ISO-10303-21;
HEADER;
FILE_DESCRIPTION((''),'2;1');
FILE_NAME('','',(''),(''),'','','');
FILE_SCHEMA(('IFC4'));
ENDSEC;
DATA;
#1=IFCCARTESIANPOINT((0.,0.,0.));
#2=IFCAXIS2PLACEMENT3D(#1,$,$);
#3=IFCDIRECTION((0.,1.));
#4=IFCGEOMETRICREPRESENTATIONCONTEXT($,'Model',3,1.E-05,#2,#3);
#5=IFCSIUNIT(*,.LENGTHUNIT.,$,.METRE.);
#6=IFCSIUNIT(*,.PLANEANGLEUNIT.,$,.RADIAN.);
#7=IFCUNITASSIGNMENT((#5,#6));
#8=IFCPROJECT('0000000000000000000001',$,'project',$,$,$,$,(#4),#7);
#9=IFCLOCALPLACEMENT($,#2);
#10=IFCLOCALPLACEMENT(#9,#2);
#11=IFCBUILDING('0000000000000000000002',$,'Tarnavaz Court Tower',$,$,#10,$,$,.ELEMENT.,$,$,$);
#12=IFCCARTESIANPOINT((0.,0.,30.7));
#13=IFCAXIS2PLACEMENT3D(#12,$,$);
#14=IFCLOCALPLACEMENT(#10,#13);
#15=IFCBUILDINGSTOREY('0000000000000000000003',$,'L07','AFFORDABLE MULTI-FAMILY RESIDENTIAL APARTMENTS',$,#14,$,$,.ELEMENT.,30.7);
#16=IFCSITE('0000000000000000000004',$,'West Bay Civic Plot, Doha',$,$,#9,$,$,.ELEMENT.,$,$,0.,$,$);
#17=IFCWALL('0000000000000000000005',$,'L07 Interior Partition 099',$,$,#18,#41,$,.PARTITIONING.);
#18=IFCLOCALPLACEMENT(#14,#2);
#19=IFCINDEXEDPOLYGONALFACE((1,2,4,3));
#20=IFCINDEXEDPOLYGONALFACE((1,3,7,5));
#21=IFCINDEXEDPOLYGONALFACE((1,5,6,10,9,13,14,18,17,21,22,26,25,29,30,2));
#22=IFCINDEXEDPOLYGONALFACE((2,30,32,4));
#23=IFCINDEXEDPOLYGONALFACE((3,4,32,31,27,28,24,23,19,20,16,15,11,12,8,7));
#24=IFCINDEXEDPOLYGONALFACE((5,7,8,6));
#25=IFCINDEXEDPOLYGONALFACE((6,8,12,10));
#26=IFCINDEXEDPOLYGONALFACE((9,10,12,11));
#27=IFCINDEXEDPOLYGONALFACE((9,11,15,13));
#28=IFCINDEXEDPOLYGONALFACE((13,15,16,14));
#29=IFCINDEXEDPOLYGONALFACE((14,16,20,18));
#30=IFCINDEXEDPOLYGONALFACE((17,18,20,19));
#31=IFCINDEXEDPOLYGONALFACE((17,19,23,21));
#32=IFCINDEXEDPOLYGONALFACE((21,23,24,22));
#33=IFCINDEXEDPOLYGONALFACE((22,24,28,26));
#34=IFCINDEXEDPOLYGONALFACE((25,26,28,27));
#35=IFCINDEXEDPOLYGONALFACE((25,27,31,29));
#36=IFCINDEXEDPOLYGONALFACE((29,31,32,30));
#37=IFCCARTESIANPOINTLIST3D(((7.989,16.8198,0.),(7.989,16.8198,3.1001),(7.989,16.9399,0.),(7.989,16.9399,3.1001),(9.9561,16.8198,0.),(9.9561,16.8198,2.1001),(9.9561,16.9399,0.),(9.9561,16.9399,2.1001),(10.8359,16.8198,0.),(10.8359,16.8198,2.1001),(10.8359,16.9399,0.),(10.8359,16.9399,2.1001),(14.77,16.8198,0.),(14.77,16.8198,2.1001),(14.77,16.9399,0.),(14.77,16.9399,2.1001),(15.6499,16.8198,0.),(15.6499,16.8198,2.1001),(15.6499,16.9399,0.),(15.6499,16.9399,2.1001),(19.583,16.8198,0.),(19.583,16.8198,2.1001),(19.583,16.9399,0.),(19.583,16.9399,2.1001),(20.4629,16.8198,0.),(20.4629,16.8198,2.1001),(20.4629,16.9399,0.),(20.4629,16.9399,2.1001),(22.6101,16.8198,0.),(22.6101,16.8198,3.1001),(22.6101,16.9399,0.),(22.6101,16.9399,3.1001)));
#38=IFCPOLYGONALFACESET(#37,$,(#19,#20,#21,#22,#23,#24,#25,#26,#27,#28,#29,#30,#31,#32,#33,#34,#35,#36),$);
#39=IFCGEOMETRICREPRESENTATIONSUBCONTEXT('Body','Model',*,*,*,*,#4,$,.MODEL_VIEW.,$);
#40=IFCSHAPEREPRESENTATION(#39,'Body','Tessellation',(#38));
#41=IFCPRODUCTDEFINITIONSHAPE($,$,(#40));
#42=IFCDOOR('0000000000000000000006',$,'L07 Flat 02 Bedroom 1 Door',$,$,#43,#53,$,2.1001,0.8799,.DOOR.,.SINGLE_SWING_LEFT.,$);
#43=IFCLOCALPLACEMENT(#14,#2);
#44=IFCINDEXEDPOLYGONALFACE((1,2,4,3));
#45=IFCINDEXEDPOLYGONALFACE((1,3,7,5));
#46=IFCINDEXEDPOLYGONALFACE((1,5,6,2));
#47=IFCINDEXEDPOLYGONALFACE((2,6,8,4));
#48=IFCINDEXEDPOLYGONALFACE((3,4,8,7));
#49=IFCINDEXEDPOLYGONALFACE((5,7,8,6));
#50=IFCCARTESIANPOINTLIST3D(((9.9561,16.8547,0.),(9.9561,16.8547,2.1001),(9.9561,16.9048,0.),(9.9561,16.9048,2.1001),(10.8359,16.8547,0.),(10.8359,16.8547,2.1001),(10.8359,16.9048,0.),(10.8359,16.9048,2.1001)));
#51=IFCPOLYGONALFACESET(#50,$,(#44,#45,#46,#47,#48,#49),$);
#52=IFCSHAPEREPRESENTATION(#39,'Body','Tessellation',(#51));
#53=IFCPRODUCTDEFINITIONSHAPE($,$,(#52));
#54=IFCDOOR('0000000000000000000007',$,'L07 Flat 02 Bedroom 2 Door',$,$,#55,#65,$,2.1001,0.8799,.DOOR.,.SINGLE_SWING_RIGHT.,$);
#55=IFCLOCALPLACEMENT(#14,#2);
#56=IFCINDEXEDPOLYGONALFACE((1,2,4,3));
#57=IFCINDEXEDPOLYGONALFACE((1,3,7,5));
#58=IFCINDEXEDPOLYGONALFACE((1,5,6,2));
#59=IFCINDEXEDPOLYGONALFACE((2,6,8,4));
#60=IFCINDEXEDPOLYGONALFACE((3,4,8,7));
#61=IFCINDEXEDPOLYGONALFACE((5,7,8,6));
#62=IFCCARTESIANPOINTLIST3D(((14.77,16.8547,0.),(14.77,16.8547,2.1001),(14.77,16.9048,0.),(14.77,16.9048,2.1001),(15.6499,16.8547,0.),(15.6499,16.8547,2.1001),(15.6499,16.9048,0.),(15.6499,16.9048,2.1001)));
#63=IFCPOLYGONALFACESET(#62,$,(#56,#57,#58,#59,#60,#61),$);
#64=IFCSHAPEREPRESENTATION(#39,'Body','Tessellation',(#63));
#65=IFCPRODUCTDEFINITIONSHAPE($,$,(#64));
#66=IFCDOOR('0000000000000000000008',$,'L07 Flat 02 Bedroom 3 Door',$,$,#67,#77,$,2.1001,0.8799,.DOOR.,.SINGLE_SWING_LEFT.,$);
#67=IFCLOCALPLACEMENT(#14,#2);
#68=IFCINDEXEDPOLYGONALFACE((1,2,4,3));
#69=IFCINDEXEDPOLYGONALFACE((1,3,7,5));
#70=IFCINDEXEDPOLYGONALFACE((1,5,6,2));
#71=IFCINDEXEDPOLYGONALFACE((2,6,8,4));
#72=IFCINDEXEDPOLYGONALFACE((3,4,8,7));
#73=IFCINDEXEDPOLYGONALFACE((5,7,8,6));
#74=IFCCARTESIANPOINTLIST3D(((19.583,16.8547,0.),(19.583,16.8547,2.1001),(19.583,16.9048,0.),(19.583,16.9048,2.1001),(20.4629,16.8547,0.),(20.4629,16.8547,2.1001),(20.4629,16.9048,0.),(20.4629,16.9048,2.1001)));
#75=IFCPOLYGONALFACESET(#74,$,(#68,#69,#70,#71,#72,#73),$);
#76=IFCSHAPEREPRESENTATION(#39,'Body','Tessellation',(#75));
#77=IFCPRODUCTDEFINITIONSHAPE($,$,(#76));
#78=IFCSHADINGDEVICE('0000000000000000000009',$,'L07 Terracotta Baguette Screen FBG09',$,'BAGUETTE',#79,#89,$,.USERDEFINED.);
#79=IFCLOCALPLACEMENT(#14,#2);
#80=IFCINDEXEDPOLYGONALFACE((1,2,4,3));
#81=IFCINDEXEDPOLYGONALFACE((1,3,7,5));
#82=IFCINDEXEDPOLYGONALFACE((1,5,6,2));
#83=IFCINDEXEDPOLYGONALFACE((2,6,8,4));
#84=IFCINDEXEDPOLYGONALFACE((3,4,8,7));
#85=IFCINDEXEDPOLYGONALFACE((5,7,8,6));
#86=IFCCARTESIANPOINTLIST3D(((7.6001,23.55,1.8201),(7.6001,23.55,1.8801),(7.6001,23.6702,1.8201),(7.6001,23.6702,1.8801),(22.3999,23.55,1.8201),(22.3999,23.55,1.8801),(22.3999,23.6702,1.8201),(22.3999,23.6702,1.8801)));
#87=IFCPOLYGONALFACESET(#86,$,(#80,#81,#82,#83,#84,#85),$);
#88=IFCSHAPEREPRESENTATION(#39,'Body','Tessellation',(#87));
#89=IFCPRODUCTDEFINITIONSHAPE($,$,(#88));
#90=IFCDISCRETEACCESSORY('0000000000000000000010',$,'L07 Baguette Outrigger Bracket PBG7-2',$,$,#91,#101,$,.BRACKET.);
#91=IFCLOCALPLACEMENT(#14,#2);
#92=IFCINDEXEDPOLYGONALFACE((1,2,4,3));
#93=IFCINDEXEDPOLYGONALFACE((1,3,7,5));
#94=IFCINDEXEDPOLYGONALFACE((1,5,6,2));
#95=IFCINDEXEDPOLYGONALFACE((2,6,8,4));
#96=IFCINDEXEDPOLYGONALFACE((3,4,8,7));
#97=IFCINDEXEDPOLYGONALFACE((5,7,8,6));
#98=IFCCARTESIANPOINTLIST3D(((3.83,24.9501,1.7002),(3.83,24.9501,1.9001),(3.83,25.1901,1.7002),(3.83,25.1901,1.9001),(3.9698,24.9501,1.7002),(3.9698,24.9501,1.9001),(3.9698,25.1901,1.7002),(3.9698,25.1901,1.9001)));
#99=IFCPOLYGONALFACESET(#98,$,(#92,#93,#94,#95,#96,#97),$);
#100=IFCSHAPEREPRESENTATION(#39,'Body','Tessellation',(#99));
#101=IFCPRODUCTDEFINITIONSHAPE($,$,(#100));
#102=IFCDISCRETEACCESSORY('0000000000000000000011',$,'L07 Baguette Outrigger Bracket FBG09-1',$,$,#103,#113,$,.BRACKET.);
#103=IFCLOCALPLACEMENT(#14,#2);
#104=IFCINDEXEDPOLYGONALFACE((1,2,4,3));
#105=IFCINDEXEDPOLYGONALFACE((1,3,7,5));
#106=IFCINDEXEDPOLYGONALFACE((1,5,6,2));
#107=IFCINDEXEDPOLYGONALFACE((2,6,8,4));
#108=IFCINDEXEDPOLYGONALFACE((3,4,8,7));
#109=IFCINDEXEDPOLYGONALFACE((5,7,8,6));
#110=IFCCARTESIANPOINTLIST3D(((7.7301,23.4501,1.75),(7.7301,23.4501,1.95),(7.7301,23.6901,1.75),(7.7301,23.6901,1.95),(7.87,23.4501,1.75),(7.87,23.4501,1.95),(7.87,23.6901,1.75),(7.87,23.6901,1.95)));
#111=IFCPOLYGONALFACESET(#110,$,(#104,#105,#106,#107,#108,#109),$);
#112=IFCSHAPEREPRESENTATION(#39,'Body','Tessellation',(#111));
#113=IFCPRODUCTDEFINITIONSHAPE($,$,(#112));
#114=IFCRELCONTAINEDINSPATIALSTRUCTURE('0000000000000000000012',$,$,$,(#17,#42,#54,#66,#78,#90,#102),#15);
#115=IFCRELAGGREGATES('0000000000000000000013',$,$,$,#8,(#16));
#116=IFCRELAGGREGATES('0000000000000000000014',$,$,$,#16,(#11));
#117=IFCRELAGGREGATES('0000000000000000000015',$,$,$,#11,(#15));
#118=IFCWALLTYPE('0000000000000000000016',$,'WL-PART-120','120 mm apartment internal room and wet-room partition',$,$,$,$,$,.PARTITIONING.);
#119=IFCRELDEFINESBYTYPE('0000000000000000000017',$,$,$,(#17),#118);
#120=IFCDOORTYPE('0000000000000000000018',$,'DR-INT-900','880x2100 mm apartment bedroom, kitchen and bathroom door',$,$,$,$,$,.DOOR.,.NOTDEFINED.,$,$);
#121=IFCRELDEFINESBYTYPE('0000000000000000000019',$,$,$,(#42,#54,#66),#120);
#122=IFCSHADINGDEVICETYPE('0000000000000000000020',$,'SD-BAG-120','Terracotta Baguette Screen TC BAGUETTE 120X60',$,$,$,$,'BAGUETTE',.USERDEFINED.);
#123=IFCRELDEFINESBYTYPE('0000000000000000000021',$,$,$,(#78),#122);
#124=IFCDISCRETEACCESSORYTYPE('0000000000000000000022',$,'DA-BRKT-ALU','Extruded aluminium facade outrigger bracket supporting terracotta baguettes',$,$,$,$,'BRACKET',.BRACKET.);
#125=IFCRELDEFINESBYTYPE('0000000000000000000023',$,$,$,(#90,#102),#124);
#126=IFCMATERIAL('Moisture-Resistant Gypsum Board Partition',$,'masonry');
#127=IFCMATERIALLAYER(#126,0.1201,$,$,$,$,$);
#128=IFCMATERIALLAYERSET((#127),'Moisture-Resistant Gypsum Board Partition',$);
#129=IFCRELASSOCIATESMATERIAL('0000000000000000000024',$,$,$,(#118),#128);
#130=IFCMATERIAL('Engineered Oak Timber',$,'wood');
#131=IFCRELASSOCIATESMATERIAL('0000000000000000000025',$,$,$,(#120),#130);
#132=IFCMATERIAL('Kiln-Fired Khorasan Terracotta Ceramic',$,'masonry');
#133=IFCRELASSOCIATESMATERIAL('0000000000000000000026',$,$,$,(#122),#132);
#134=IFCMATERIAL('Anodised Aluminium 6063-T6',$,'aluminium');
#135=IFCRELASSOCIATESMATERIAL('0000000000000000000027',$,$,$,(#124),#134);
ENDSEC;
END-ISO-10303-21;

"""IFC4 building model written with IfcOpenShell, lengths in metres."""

from ifc_helpers import new_model, si_unit, direction, frame, frame_2d, origin, origin_2d, place, context, subcontext, project, spatial, rectangle, extrude, material, layer, layer_set, material_profile, profile_set, type_object, element, fill, save


model = new_model("IFC4")

# Units and contexts
model_context = context("Model", 3, precision=1e-05, world=origin(), true_north=direction((0.0, 1.0)))
body_context = subcontext(model_context, "Body", "Model", "MODEL_VIEW")
ifc_project = project(units=[si_unit("LENGTHUNIT", "METRE"), si_unit("PLANEANGLEUNIT", "RADIAN")], contexts=[model_context])

# Site, building, storey
site_placement = place(None, origin())
site = spatial("IfcSite", under=ifc_project, at=site_placement, Name="West Bay Civic Plot, Doha", CompositionType="ELEMENT", RefElevation=0.0)
building_placement = place(site_placement, origin())
building = spatial("IfcBuilding", under=site, at=building_placement, Name="Tarnavaz Court Tower", CompositionType="ELEMENT")
storey_placement = place(building_placement, frame((0.0, 0.0, 30.7)))
storey = spatial("IfcBuildingStorey", under=building, at=storey_placement, Name="L07", Description="AFFORDABLE MULTI-FAMILY RESIDENTIAL APARTMENTS", CompositionType="ELEMENT", Elevation=30.7)

# Shared definitions
ifc_material_1 = material(Name="Anodised Aluminium 6063-T6", Category="aluminium")

# Shared definitions
ifc_material_2 = material(Name="Moisture-Resistant Gypsum Board Partition", Category="masonry")
ifc_layer_1 = layer(ifc_material_2, 0.1201)
ifc_layer_set_1 = layer_set([ifc_layer_1], Name="Moisture-Resistant Gypsum Board Partition")
wall_type_1 = type_object("IfcWallType", Name="WL-PART-120", Description="120 mm apartment internal room and wet-room partition", PredefinedType="PARTITIONING", material=ifc_layer_set_1)
ifc_material_3 = material(Name="Engineered Oak Timber", Category="wood")
door_type = type_object("IfcDoorType", Name="DR-INT-900", Description="880x2100 mm apartment bedroom, kitchen and bathroom door", OperationType="NOTDEFINED", PredefinedType="DOOR", material=ifc_material_3)

# Wall, openings, doors
wall_1_placement = place(storey_placement, frame((7.989, 16.8799, 0.0), z_axis=(0.0, 0.0, 1.0), x_axis=(1.0, 0.0, 0.0)))
wall_1 = element("IfcWall", 1, at=wall_1_placement, inside=storey, type_object=wall_type_1, Name="L07 Interior Partition 099", PredefinedType="PARTITIONING", context=body_context, shape_type="SweptSolid", body=[
    extrude(rectangle(XDim=14.6211, YDim=0.1201, at=frame_2d((7.3105, 0.0))), origin(), (0.0, 0.0, 1.0), 3.1001),
])
opening_1_placement = place(wall_1_placement, frame((1.967, 0.0, 0.0)))
opening_1 = element("IfcOpeningElement", 2, at=opening_1_placement, cuts=wall_1, PredefinedType="OPENING", context=body_context, shape_type="SweptSolid", body=[
    extrude(rectangle(XDim=0.8799, YDim=2.1001, at=frame_2d((0.4399, 1.05))), frame((0.0, 0.0701, 0.0), z_axis=(0.0, -1.0, 0.0), x_axis=(1.0, 0.0, 0.0)), (0.0, 0.0, 1.0), 0.1401),
])
opening_2_placement = place(wall_1_placement, frame((6.781, 0.0, 0.0)))
opening_2 = element("IfcOpeningElement", 3, at=opening_2_placement, cuts=wall_1, PredefinedType="OPENING", context=body_context, shape_type="SweptSolid", body=[
    extrude(rectangle(XDim=0.8799, YDim=2.1001, at=frame_2d((0.4399, 1.05))), frame((0.0, 0.0701, 0.0), z_axis=(0.0, -1.0, 0.0), x_axis=(1.0, 0.0, 0.0)), (0.0, 0.0, 1.0), 0.1401),
])
opening_3_placement = place(wall_1_placement, frame((11.594, 0.0, 0.0)))
opening_3 = element("IfcOpeningElement", 4, at=opening_3_placement, cuts=wall_1, PredefinedType="OPENING", context=body_context, shape_type="SweptSolid", body=[
    extrude(rectangle(XDim=0.8799, YDim=2.1001, at=frame_2d((0.4399, 1.05))), frame((0.0, 0.0701, 0.0), z_axis=(0.0, -1.0, 0.0), x_axis=(1.0, 0.0, 0.0)), (0.0, 0.0, 1.0), 0.1401),
])
door_1_placement = place(opening_1_placement, origin())
door_1 = element("IfcDoor", 5, at=door_1_placement, inside=storey, type_object=door_type, Name="L07 Flat 02 Bedroom 1 Door", OperationType="SINGLE_SWING_LEFT", OverallHeight=2.1001, OverallWidth=0.8799, PredefinedType="DOOR", context=body_context, shape_type="SweptSolid", body=[
    extrude(rectangle(XDim=0.8799, YDim=2.1001, at=frame_2d((0.4399, 1.05))), frame((0.0, 0.0249, 0.0), z_axis=(0.0, -1.0, 0.0), x_axis=(1.0, 0.0, 0.0)), (0.0, 0.0, 1.0), 0.05),
])
fill(opening_1, door_1)
door_2_placement = place(opening_2_placement, origin())
door_2 = element("IfcDoor", 6, at=door_2_placement, inside=storey, type_object=door_type, Name="L07 Flat 02 Bedroom 2 Door", OperationType="SINGLE_SWING_RIGHT", OverallHeight=2.1001, OverallWidth=0.8799, PredefinedType="DOOR", context=body_context, shape_type="SweptSolid", body=[
    extrude(rectangle(XDim=0.8799, YDim=2.1001, at=frame_2d((0.4399, 1.05))), frame((0.0, 0.0249, 0.0), z_axis=(0.0, -1.0, 0.0), x_axis=(1.0, 0.0, 0.0)), (0.0, 0.0, 1.0), 0.05),
])
fill(opening_2, door_2)
door_3_placement = place(opening_3_placement, origin())
door_3 = element("IfcDoor", 7, at=door_3_placement, inside=storey, type_object=door_type, Name="L07 Flat 02 Bedroom 3 Door", OperationType="SINGLE_SWING_LEFT", OverallHeight=2.1001, OverallWidth=0.8799, PredefinedType="DOOR", context=body_context, shape_type="SweptSolid", body=[
    extrude(rectangle(XDim=0.8799, YDim=2.1001, at=frame_2d((0.4399, 1.05))), frame((0.0, 0.0249, 0.0), z_axis=(0.0, -1.0, 0.0), x_axis=(1.0, 0.0, 0.0)), (0.0, 0.0, 1.0), 0.05),
])
fill(opening_3, door_3)

# Shading device
ifc_material_4 = material(Name="Kiln-Fired Khorasan Terracotta Ceramic", Category="masonry")
ifc_material_profile_1 = material_profile(ifc_material_4, rectangle(XDim=0.1201, YDim=0.0601, at=origin_2d()), Name="TC BAGUETTE 120X60")
ifc_profile_set_1 = profile_set([ifc_material_profile_1], Name="Kiln-Fired Khorasan Terracotta Ceramic")
shading_device_type = type_object("IfcShadingDeviceType", Name="SD-BAG-120", Description="Terracotta Baguette Screen TC BAGUETTE 120X60", ElementType="BAGUETTE", PredefinedType="USERDEFINED", material=ifc_profile_set_1)
shading_device_placement = place(storey_placement, frame((7.6001, 23.6101, 1.8501), z_axis=(1.0, 0.0, 0.0), x_axis=(0.0, 1.0, 0.0)))
element("IfcShadingDevice", 8, at=shading_device_placement, inside=storey, type_object=shading_device_type, Name="L07 Terracotta Baguette Screen FBG09", ObjectType="BAGUETTE", PredefinedType="USERDEFINED", context=body_context, shape_type="SweptSolid", body=[
    extrude(rectangle(XDim=0.1201, YDim=0.0601, at=origin_2d()), origin(), (0.0, 0.0, 1.0), 14.7998),
])

# Discrete accessories
discrete_accessory_type = type_object("IfcDiscreteAccessoryType", Name="DA-BRKT-ALU", Description="Extruded aluminium facade outrigger bracket supporting terracotta baguettes", ElementType="BRACKET", PredefinedType="BRACKET", material=ifc_material_1)
for number, where, z_axis, x_axis, name in (
    (9, (3.8999, 25.0701, 1.7002), (0.0, 0.0, 1.0), (1.0, 0.0, 0.0), "L07 Baguette Outrigger Bracket PBG7-2"),
    (10, (7.8, 23.5701, 1.75), (0.0, 0.0, 1.0), (1.0, 0.0, 0.0), "L07 Baguette Outrigger Bracket FBG09-1"),
):
    element("IfcDiscreteAccessory", number, at=place(storey_placement, frame(where, z_axis=z_axis, x_axis=x_axis)), inside=storey, type_object=discrete_accessory_type, Name=name, PredefinedType="BRACKET", context=body_context, shape_type="SweptSolid", body=[
        extrude(rectangle(XDim=0.1399, YDim=0.24, at=origin_2d()), origin(), (0.0, 0.0, 1.0), 0.2),
    ])

save(model, "model.ifc")
